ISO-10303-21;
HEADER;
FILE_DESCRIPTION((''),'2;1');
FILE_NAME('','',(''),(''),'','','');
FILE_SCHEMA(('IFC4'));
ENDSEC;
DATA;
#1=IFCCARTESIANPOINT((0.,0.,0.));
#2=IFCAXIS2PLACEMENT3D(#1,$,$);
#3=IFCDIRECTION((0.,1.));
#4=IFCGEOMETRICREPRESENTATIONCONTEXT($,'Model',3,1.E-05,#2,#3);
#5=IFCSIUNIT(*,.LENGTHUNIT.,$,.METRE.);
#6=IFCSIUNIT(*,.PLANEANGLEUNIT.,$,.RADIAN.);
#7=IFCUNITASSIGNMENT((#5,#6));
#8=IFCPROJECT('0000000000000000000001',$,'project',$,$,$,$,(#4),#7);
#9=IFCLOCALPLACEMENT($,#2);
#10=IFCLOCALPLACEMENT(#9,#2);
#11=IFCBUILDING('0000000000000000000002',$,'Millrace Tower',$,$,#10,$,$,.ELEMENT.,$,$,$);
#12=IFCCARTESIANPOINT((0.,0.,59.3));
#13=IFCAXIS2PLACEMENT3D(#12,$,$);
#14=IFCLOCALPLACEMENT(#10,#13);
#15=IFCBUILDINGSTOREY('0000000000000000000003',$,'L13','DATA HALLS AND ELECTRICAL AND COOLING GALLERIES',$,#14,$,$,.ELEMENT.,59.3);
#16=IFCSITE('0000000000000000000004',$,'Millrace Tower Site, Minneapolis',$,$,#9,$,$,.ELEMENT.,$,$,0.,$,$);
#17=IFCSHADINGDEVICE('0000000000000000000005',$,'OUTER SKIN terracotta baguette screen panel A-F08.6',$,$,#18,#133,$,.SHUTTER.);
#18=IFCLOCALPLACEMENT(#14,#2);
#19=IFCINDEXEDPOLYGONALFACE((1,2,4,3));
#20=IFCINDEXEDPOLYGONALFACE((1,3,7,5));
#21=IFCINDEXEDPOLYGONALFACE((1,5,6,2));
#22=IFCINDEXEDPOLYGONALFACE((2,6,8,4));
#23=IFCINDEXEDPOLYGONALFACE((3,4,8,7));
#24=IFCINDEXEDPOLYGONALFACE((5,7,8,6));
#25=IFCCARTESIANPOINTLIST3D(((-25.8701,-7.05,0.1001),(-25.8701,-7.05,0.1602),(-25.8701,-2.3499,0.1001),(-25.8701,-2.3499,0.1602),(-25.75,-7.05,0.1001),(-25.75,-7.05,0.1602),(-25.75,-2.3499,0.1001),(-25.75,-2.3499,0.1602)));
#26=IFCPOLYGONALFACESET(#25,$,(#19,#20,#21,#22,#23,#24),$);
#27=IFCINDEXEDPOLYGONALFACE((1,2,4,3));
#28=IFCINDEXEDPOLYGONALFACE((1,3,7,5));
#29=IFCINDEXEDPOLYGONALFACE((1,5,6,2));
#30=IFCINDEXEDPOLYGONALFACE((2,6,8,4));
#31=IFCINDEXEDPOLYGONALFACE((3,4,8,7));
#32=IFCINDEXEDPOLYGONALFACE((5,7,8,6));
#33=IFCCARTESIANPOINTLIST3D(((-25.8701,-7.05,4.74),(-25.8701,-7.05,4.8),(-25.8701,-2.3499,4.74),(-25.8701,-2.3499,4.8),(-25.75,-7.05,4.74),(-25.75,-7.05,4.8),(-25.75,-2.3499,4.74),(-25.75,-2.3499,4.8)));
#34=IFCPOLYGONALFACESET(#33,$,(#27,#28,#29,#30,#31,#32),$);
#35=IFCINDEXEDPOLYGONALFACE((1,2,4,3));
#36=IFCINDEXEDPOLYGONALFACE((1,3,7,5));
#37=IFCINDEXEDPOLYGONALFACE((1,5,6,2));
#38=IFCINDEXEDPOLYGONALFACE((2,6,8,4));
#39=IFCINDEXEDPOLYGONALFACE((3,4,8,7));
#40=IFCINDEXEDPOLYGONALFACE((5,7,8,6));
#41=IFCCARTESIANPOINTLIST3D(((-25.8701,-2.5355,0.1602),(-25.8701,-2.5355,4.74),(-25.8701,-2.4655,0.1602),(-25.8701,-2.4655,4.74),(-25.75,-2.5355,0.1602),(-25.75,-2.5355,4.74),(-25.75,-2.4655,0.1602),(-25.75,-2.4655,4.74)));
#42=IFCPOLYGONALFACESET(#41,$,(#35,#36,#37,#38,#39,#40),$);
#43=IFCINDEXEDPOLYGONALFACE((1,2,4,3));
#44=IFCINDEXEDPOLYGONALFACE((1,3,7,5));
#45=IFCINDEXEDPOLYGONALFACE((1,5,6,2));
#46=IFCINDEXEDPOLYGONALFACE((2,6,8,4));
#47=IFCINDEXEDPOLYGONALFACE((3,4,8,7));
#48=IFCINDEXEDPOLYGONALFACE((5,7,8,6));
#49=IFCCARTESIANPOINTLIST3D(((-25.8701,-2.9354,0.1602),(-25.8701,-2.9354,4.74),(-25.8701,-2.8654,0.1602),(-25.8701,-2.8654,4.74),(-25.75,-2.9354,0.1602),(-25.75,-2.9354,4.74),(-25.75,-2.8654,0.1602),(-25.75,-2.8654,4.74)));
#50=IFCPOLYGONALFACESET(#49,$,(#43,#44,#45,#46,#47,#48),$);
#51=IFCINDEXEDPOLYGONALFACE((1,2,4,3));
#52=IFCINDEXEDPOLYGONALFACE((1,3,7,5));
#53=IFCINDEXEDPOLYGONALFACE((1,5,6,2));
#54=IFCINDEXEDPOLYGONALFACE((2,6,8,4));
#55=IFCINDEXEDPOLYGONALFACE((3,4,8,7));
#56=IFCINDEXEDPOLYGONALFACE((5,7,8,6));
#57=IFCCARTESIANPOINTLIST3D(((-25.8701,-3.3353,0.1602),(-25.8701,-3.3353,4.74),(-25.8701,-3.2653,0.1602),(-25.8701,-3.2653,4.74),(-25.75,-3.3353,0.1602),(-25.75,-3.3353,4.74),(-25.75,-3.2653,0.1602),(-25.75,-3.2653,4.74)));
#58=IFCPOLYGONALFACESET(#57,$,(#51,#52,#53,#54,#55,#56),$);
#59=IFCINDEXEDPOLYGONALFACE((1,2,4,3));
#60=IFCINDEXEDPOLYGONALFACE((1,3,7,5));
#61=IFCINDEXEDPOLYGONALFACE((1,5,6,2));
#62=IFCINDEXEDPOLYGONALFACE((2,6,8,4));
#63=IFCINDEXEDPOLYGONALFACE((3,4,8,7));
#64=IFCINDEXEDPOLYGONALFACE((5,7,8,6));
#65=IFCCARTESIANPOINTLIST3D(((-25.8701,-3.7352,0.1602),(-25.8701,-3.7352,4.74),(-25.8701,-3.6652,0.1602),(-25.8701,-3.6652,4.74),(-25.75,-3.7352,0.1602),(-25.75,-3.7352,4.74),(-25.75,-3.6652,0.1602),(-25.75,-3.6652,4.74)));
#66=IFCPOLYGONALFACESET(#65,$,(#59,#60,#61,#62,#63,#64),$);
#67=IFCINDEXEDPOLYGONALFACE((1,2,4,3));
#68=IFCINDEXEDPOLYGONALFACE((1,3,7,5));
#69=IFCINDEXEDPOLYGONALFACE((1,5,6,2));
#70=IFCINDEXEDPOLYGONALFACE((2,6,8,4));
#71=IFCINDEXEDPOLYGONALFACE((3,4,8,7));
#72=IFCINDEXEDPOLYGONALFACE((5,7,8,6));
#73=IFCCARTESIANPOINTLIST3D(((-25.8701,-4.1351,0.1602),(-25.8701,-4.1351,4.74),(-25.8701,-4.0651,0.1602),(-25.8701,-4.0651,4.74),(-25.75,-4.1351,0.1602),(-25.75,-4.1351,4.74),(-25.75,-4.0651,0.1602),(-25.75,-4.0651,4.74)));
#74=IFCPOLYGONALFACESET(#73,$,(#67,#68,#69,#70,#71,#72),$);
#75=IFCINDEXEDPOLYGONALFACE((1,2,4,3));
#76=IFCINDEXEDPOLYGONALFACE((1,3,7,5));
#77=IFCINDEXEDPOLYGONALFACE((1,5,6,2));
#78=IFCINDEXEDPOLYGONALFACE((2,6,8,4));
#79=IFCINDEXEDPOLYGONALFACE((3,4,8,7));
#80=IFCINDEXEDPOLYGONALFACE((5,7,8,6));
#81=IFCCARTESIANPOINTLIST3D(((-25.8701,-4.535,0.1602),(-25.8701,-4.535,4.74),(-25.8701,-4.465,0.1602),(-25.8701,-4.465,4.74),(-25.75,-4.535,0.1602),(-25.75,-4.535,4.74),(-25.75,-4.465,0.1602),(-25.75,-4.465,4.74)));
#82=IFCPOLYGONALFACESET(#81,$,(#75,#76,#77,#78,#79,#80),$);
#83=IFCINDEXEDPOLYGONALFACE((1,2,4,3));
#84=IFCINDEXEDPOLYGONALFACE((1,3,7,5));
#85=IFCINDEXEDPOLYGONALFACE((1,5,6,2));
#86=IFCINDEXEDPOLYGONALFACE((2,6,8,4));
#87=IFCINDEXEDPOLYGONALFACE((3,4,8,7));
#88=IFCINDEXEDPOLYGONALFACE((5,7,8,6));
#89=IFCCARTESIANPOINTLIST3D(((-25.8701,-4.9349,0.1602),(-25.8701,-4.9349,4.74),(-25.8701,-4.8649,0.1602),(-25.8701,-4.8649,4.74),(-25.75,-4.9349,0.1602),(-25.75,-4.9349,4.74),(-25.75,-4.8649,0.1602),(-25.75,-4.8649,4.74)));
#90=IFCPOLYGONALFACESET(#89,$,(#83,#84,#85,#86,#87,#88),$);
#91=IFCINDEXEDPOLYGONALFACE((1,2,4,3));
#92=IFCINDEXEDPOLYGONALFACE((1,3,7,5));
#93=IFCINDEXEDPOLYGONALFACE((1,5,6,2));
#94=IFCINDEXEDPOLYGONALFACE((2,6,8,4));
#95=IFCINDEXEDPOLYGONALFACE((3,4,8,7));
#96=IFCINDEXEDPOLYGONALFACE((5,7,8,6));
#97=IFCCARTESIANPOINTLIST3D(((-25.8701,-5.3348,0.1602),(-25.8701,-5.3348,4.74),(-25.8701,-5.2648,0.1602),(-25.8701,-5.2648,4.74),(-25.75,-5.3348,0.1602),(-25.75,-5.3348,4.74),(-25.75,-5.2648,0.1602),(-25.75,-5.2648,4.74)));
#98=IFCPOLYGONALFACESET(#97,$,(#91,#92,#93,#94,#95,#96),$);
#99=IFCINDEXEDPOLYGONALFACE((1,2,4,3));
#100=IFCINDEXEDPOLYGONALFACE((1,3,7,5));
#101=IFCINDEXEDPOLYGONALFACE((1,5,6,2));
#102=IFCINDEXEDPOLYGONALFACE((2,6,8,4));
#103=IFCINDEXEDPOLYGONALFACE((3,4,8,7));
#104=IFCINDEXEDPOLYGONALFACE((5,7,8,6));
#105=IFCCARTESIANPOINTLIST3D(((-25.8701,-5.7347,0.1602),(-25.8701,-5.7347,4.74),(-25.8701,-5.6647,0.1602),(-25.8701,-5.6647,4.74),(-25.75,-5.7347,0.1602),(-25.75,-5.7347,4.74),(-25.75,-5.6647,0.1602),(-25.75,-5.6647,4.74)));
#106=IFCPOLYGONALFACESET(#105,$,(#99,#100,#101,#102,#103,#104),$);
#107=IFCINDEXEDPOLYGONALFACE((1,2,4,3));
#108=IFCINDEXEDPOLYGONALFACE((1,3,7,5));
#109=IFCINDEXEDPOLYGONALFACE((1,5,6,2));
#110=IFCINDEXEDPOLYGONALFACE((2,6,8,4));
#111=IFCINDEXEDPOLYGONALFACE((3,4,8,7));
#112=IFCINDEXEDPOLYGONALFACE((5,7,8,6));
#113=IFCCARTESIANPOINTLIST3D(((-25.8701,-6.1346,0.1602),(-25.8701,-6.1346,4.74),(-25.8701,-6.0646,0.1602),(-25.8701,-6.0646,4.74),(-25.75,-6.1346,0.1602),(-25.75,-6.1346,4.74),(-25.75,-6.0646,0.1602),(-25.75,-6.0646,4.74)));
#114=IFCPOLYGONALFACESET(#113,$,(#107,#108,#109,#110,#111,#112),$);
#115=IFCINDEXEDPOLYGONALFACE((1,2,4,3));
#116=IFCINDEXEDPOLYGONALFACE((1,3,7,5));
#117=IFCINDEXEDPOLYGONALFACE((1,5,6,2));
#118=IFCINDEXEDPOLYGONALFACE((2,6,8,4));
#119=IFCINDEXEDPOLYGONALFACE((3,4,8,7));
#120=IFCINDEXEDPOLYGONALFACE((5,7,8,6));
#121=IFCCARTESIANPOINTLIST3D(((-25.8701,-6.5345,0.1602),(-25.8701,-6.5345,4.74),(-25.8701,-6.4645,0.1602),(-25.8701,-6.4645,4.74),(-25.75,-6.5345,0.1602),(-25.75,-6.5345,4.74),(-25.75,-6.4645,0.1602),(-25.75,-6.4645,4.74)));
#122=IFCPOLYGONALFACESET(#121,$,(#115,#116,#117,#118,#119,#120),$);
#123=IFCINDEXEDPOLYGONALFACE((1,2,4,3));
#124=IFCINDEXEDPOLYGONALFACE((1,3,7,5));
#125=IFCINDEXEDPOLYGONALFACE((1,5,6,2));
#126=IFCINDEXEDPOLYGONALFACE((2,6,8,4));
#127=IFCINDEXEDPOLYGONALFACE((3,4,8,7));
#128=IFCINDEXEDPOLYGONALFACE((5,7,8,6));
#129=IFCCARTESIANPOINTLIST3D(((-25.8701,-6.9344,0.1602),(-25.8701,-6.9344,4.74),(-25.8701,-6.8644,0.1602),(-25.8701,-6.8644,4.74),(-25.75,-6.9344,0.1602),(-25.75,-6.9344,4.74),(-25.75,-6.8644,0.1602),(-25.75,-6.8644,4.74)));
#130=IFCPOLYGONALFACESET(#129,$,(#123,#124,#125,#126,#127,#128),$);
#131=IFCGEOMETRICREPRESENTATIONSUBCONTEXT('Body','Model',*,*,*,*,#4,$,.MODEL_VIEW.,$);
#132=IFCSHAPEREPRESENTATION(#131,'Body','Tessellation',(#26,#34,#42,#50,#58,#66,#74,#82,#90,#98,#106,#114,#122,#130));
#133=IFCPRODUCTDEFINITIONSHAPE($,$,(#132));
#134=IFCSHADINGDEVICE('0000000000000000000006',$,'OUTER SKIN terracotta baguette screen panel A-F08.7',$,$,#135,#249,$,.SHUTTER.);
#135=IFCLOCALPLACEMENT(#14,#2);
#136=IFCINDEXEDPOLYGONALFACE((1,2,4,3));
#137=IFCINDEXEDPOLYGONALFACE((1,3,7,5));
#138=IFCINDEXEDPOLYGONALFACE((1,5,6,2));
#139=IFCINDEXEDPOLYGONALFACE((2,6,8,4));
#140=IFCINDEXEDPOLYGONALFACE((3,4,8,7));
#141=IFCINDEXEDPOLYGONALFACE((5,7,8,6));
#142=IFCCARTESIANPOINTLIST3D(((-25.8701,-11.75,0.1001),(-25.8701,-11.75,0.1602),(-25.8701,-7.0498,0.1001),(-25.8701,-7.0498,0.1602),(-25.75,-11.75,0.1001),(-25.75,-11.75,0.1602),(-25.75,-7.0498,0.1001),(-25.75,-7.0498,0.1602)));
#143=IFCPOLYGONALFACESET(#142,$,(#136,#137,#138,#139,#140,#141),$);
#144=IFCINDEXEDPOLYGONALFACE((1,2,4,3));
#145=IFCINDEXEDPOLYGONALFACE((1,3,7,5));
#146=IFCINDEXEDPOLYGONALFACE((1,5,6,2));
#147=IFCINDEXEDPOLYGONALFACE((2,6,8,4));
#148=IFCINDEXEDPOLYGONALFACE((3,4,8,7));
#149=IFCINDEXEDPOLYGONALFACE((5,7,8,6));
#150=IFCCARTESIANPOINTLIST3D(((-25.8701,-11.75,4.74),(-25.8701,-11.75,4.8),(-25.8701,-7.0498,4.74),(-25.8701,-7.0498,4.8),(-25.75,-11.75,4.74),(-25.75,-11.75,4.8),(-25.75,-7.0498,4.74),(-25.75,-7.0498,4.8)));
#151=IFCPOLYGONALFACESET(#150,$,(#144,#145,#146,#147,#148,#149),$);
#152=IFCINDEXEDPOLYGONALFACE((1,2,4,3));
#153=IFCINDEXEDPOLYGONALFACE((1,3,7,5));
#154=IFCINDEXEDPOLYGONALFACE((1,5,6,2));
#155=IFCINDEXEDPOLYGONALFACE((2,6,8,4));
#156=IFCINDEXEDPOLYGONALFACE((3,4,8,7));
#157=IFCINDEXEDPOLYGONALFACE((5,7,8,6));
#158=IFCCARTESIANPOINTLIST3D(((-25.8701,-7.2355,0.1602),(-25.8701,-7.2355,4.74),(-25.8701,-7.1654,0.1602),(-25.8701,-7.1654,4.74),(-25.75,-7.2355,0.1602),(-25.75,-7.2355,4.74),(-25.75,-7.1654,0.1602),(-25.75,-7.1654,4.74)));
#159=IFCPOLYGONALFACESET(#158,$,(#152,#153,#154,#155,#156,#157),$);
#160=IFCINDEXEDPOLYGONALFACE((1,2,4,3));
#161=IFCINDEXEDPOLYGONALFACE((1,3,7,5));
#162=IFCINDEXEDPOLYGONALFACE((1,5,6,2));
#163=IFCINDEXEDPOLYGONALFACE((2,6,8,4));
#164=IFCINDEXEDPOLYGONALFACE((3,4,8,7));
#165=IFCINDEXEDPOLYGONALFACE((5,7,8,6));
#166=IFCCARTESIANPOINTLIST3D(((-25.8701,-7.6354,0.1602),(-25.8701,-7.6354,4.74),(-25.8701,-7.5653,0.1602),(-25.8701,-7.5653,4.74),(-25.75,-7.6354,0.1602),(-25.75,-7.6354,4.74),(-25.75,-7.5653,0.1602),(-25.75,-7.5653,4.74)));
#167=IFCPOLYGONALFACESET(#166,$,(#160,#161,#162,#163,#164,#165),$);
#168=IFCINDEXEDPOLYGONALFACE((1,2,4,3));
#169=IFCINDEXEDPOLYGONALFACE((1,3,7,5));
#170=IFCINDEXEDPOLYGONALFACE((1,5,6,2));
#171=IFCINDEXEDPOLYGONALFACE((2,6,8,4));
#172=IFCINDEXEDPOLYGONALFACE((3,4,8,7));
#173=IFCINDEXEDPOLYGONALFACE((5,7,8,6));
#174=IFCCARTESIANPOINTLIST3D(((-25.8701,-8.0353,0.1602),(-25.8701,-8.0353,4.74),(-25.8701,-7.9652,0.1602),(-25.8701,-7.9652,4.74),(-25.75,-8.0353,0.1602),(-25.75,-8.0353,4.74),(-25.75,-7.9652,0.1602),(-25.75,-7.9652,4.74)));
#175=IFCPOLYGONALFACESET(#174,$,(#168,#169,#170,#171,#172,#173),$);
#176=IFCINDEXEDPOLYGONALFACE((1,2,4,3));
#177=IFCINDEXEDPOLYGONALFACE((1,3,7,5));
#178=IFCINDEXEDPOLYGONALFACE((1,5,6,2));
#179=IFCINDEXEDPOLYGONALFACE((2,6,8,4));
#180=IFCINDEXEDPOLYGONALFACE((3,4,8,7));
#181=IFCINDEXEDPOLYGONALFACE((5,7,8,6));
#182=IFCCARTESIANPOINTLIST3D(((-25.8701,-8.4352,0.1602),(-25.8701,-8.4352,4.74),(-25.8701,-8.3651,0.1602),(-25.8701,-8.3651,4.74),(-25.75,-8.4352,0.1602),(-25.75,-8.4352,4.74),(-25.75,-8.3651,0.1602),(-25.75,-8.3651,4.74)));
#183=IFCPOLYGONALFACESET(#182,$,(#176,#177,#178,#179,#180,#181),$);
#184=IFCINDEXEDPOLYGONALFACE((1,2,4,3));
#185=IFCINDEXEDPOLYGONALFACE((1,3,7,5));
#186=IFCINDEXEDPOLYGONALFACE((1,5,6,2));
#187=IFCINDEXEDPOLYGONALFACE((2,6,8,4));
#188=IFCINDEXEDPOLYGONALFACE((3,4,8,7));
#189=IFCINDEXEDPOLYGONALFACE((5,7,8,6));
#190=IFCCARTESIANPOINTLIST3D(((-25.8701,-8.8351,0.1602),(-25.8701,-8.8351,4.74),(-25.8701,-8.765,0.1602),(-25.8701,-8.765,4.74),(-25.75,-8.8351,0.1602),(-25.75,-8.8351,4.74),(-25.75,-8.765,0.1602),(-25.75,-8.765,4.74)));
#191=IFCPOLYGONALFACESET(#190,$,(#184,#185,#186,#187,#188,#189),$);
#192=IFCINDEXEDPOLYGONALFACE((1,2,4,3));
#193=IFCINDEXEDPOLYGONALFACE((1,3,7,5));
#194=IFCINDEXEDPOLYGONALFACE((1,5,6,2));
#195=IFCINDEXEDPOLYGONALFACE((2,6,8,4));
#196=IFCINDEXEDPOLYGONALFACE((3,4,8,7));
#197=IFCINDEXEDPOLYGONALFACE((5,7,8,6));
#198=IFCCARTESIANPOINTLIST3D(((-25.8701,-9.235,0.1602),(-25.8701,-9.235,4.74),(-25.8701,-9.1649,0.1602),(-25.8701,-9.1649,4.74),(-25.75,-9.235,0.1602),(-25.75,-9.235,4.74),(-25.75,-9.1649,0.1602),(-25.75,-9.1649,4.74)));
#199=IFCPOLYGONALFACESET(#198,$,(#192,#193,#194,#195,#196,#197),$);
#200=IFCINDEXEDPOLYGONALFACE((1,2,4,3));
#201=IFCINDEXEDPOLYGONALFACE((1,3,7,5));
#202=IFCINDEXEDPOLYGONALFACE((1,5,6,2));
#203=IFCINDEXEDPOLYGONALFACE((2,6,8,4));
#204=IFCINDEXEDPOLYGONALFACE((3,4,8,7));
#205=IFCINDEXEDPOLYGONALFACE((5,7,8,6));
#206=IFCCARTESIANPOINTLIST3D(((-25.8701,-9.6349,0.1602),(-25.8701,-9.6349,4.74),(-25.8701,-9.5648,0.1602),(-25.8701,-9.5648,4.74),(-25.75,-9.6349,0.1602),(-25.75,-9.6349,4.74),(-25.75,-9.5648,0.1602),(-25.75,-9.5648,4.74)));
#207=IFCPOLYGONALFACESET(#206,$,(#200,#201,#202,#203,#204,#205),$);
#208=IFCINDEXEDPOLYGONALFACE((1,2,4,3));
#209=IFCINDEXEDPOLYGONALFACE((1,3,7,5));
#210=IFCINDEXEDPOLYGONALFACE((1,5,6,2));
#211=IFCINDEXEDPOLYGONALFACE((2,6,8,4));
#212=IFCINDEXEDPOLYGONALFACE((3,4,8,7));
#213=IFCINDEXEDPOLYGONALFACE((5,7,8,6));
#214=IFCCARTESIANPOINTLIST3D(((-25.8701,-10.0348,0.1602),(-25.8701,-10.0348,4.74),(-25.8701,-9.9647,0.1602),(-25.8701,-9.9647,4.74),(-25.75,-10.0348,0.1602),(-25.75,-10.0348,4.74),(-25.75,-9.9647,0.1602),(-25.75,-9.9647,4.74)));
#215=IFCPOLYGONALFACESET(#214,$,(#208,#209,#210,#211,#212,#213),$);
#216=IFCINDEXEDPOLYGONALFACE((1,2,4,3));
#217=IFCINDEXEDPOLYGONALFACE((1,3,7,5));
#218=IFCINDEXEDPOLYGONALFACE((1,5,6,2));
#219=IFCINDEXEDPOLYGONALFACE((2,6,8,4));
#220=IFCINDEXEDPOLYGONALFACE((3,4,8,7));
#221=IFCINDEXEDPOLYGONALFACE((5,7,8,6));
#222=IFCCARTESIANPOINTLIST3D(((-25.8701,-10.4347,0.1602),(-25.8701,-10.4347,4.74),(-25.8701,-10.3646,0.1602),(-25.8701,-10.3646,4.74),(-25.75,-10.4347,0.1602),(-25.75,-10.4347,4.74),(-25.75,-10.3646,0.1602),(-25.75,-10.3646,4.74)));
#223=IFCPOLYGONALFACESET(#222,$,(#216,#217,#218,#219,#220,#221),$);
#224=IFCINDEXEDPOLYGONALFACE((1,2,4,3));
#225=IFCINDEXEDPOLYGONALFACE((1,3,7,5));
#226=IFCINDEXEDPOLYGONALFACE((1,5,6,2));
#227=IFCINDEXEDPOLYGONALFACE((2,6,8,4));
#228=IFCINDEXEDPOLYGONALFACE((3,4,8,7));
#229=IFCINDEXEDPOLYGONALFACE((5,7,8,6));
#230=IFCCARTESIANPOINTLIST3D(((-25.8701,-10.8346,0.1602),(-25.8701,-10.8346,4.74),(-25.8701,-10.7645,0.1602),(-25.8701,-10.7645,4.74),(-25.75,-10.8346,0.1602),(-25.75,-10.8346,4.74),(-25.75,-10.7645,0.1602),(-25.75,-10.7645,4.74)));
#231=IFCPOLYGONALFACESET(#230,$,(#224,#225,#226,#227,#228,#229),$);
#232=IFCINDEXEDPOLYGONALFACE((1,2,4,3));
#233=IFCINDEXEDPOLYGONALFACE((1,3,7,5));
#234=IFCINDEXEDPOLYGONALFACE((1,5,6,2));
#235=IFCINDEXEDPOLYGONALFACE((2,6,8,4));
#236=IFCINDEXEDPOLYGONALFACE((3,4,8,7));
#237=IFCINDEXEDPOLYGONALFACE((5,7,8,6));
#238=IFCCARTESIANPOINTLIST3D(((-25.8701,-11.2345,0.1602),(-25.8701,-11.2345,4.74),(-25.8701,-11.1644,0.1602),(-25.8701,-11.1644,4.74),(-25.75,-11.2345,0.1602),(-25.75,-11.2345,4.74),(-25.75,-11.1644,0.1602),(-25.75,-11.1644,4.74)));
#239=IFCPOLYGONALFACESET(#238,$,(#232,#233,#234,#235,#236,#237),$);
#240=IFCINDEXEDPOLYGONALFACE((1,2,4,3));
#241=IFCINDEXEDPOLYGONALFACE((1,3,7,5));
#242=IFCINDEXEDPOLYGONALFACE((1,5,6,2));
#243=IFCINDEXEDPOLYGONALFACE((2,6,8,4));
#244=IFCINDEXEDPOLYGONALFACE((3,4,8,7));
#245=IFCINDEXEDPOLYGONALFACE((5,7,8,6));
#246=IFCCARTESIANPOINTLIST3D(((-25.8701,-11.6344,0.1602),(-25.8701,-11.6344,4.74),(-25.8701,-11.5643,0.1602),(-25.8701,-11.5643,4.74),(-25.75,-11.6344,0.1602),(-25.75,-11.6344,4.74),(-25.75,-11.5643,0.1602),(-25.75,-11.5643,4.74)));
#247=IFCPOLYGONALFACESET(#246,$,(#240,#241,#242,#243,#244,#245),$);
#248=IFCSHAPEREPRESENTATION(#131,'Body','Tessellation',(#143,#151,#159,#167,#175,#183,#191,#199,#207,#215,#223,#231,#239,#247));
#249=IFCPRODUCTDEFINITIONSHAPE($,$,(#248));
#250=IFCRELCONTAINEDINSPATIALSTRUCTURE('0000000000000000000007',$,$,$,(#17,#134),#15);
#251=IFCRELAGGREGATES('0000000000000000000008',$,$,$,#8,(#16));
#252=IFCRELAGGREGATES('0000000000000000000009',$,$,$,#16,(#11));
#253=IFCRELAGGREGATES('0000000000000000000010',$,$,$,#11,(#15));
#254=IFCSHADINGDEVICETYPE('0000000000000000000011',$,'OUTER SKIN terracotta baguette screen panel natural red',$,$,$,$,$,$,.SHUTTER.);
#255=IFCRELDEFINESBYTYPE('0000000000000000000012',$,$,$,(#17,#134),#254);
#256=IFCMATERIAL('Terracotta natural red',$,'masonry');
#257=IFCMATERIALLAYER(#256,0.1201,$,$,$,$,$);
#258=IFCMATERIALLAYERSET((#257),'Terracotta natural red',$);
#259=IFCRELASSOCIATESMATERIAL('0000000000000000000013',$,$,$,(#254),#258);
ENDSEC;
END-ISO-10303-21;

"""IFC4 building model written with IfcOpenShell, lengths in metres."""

from ifc_helpers import new_model, entity, si_unit, direction, frame, frame_2d, origin, place, context, subcontext, project, spatial, rectangle, extrude, source, transform, mapped, material, layer, layer_set, type_object, element, save


model = new_model("IFC4")

# Units and contexts
model_context = context("Model", 3, precision=1e-05, world=origin(), true_north=direction((0.0, 1.0)))
body_context = subcontext(model_context, "Body", "Model", "MODEL_VIEW")
ifc_project = project(units=[si_unit("LENGTHUNIT", "METRE"), si_unit("PLANEANGLEUNIT", "RADIAN")], contexts=[model_context])

# Site, building, storey
site_placement = place(None, origin())
site = spatial("IfcSite", under=ifc_project, at=site_placement, Name="Millrace Tower Site, Minneapolis", CompositionType="ELEMENT", RefElevation=0.0)
building_placement = place(site_placement, origin())
building = spatial("IfcBuilding", under=site, at=building_placement, Name="Millrace Tower", CompositionType="ELEMENT")
storey_placement = place(building_placement, frame((0.0, 0.0, 59.3)))
storey = spatial("IfcBuildingStorey", under=building, at=storey_placement, Name="L13", Description="DATA HALLS AND ELECTRICAL AND COOLING GALLERIES", CompositionType="ELEMENT", Elevation=59.3)

# Shading devices
cartesian_point = entity("IfcCartesianPoint", [-2.3501, 0.0601])
shared_polyline = entity("IfcPolyline", [cartesian_point, entity("IfcCartesianPoint", [2.3501, 0.0601]), entity("IfcCartesianPoint", [2.3501, -0.0601]), entity("IfcCartesianPoint", [-2.3501, -0.0601]), cartesian_point])
ifc_material_1 = material(Name="Terracotta natural red", Category="masonry")
ifc_layer_1 = layer(ifc_material_1, 0.1201)
ifc_layer_set_1 = layer_set([ifc_layer_1], Name="Terracotta natural red")
shading_device_type_1 = type_object("IfcShadingDeviceType", Name="OUTER SKIN terracotta baguette screen panel natural red", PredefinedType="SHUTTER", material=ifc_layer_set_1)
shared_shape_1 = source(origin(), body_context, "Body", "SweptSolid", [
    entity("IfcExtrudedAreaSolid", entity("IfcArbitraryClosedProfileDef", "AREA", None, shared_polyline), entity("IfcAxis2Placement3D", entity("IfcCartesianPoint", [0.0, 0.0, 0.0])), entity("IfcDirection", [0.0, 0.0, 1.0]), 0.0601),
    entity("IfcExtrudedAreaSolid", entity("IfcArbitraryClosedProfileDef", "AREA", None, shared_polyline), entity("IfcAxis2Placement3D", entity("IfcCartesianPoint", [0.0, 0.0, 4.6399])), entity("IfcDirection", [0.0, 0.0, 1.0]), 0.0601),
    extrude(rectangle(XDim=0.0701, YDim=0.1201, at=frame_2d((-2.1995, 0.0))), frame((0.0, 0.0, 0.0601)), (0.0, 0.0, 1.0), 4.5798),
    extrude(rectangle(XDim=0.0701, YDim=0.1201, at=frame_2d((-1.7996, 0.0))), frame((0.0, 0.0, 0.0601)), (0.0, 0.0, 1.0), 4.5798),
    extrude(rectangle(XDim=0.0701, YDim=0.1201, at=frame_2d((-1.3997, 0.0))), frame((0.0, 0.0, 0.0601)), (0.0, 0.0, 1.0), 4.5798),
    extrude(rectangle(XDim=0.0701, YDim=0.1201, at=frame_2d((-0.9998, 0.0))), frame((0.0, 0.0, 0.0601)), (0.0, 0.0, 1.0), 4.5798),
    extrude(rectangle(XDim=0.0701, YDim=0.1201, at=frame_2d((-0.5999, 0.0))), frame((0.0, 0.0, 0.0601)), (0.0, 0.0, 1.0), 4.5798),
    extrude(rectangle(XDim=0.0701, YDim=0.1201, at=frame_2d((-0.2, 0.0))), frame((0.0, 0.0, 0.0601)), (0.0, 0.0, 1.0), 4.5798),
    extrude(rectangle(XDim=0.0701, YDim=0.1201, at=frame_2d((0.2, 0.0))), frame((0.0, 0.0, 0.0601)), (0.0, 0.0, 1.0), 4.5798),
    extrude(rectangle(XDim=0.0701, YDim=0.1201, at=frame_2d((0.5999, 0.0))), frame((0.0, 0.0, 0.0601)), (0.0, 0.0, 1.0), 4.5798),
    extrude(rectangle(XDim=0.0701, YDim=0.1201, at=frame_2d((0.9998, 0.0))), frame((0.0, 0.0, 0.0601)), (0.0, 0.0, 1.0), 4.5798),
    extrude(rectangle(XDim=0.0701, YDim=0.1201, at=frame_2d((1.3997, 0.0))), frame((0.0, 0.0, 0.0601)), (0.0, 0.0, 1.0), 4.5798),
    extrude(rectangle(XDim=0.0701, YDim=0.1201, at=frame_2d((1.7996, 0.0))), frame((0.0, 0.0, 0.0601)), (0.0, 0.0, 1.0), 4.5798),
    extrude(rectangle(XDim=0.0701, YDim=0.1201, at=frame_2d((2.1995, 0.0))), frame((0.0, 0.0, 0.0601)), (0.0, 0.0, 1.0), 4.5798),
])
for number, where, z_axis, x_axis, name in (
    (1, (-25.8101, -4.7, 0.1001), (0.0, 0.0, 1.0), (0.0, -1.0, 0.0), "OUTER SKIN terracotta baguette screen panel A-F08.6"),
    (2, (-25.8101, -9.3999, 0.1001), (0.0, 0.0, 1.0), (0.0, -1.0, 0.0), "OUTER SKIN terracotta baguette screen panel A-F08.7"),
):
    element("IfcShadingDevice", number, at=place(storey_placement, frame(where, z_axis=z_axis, x_axis=x_axis)), inside=storey, type_object=shading_device_type_1, Name=name, PredefinedType="SHUTTER", context=body_context, shape_type="MappedRepresentation", body=[
        mapped(shared_shape_1, transform((0.0, 0.0, 0.0), scale=1.0)),
    ])

save(model, "model.ifc")
